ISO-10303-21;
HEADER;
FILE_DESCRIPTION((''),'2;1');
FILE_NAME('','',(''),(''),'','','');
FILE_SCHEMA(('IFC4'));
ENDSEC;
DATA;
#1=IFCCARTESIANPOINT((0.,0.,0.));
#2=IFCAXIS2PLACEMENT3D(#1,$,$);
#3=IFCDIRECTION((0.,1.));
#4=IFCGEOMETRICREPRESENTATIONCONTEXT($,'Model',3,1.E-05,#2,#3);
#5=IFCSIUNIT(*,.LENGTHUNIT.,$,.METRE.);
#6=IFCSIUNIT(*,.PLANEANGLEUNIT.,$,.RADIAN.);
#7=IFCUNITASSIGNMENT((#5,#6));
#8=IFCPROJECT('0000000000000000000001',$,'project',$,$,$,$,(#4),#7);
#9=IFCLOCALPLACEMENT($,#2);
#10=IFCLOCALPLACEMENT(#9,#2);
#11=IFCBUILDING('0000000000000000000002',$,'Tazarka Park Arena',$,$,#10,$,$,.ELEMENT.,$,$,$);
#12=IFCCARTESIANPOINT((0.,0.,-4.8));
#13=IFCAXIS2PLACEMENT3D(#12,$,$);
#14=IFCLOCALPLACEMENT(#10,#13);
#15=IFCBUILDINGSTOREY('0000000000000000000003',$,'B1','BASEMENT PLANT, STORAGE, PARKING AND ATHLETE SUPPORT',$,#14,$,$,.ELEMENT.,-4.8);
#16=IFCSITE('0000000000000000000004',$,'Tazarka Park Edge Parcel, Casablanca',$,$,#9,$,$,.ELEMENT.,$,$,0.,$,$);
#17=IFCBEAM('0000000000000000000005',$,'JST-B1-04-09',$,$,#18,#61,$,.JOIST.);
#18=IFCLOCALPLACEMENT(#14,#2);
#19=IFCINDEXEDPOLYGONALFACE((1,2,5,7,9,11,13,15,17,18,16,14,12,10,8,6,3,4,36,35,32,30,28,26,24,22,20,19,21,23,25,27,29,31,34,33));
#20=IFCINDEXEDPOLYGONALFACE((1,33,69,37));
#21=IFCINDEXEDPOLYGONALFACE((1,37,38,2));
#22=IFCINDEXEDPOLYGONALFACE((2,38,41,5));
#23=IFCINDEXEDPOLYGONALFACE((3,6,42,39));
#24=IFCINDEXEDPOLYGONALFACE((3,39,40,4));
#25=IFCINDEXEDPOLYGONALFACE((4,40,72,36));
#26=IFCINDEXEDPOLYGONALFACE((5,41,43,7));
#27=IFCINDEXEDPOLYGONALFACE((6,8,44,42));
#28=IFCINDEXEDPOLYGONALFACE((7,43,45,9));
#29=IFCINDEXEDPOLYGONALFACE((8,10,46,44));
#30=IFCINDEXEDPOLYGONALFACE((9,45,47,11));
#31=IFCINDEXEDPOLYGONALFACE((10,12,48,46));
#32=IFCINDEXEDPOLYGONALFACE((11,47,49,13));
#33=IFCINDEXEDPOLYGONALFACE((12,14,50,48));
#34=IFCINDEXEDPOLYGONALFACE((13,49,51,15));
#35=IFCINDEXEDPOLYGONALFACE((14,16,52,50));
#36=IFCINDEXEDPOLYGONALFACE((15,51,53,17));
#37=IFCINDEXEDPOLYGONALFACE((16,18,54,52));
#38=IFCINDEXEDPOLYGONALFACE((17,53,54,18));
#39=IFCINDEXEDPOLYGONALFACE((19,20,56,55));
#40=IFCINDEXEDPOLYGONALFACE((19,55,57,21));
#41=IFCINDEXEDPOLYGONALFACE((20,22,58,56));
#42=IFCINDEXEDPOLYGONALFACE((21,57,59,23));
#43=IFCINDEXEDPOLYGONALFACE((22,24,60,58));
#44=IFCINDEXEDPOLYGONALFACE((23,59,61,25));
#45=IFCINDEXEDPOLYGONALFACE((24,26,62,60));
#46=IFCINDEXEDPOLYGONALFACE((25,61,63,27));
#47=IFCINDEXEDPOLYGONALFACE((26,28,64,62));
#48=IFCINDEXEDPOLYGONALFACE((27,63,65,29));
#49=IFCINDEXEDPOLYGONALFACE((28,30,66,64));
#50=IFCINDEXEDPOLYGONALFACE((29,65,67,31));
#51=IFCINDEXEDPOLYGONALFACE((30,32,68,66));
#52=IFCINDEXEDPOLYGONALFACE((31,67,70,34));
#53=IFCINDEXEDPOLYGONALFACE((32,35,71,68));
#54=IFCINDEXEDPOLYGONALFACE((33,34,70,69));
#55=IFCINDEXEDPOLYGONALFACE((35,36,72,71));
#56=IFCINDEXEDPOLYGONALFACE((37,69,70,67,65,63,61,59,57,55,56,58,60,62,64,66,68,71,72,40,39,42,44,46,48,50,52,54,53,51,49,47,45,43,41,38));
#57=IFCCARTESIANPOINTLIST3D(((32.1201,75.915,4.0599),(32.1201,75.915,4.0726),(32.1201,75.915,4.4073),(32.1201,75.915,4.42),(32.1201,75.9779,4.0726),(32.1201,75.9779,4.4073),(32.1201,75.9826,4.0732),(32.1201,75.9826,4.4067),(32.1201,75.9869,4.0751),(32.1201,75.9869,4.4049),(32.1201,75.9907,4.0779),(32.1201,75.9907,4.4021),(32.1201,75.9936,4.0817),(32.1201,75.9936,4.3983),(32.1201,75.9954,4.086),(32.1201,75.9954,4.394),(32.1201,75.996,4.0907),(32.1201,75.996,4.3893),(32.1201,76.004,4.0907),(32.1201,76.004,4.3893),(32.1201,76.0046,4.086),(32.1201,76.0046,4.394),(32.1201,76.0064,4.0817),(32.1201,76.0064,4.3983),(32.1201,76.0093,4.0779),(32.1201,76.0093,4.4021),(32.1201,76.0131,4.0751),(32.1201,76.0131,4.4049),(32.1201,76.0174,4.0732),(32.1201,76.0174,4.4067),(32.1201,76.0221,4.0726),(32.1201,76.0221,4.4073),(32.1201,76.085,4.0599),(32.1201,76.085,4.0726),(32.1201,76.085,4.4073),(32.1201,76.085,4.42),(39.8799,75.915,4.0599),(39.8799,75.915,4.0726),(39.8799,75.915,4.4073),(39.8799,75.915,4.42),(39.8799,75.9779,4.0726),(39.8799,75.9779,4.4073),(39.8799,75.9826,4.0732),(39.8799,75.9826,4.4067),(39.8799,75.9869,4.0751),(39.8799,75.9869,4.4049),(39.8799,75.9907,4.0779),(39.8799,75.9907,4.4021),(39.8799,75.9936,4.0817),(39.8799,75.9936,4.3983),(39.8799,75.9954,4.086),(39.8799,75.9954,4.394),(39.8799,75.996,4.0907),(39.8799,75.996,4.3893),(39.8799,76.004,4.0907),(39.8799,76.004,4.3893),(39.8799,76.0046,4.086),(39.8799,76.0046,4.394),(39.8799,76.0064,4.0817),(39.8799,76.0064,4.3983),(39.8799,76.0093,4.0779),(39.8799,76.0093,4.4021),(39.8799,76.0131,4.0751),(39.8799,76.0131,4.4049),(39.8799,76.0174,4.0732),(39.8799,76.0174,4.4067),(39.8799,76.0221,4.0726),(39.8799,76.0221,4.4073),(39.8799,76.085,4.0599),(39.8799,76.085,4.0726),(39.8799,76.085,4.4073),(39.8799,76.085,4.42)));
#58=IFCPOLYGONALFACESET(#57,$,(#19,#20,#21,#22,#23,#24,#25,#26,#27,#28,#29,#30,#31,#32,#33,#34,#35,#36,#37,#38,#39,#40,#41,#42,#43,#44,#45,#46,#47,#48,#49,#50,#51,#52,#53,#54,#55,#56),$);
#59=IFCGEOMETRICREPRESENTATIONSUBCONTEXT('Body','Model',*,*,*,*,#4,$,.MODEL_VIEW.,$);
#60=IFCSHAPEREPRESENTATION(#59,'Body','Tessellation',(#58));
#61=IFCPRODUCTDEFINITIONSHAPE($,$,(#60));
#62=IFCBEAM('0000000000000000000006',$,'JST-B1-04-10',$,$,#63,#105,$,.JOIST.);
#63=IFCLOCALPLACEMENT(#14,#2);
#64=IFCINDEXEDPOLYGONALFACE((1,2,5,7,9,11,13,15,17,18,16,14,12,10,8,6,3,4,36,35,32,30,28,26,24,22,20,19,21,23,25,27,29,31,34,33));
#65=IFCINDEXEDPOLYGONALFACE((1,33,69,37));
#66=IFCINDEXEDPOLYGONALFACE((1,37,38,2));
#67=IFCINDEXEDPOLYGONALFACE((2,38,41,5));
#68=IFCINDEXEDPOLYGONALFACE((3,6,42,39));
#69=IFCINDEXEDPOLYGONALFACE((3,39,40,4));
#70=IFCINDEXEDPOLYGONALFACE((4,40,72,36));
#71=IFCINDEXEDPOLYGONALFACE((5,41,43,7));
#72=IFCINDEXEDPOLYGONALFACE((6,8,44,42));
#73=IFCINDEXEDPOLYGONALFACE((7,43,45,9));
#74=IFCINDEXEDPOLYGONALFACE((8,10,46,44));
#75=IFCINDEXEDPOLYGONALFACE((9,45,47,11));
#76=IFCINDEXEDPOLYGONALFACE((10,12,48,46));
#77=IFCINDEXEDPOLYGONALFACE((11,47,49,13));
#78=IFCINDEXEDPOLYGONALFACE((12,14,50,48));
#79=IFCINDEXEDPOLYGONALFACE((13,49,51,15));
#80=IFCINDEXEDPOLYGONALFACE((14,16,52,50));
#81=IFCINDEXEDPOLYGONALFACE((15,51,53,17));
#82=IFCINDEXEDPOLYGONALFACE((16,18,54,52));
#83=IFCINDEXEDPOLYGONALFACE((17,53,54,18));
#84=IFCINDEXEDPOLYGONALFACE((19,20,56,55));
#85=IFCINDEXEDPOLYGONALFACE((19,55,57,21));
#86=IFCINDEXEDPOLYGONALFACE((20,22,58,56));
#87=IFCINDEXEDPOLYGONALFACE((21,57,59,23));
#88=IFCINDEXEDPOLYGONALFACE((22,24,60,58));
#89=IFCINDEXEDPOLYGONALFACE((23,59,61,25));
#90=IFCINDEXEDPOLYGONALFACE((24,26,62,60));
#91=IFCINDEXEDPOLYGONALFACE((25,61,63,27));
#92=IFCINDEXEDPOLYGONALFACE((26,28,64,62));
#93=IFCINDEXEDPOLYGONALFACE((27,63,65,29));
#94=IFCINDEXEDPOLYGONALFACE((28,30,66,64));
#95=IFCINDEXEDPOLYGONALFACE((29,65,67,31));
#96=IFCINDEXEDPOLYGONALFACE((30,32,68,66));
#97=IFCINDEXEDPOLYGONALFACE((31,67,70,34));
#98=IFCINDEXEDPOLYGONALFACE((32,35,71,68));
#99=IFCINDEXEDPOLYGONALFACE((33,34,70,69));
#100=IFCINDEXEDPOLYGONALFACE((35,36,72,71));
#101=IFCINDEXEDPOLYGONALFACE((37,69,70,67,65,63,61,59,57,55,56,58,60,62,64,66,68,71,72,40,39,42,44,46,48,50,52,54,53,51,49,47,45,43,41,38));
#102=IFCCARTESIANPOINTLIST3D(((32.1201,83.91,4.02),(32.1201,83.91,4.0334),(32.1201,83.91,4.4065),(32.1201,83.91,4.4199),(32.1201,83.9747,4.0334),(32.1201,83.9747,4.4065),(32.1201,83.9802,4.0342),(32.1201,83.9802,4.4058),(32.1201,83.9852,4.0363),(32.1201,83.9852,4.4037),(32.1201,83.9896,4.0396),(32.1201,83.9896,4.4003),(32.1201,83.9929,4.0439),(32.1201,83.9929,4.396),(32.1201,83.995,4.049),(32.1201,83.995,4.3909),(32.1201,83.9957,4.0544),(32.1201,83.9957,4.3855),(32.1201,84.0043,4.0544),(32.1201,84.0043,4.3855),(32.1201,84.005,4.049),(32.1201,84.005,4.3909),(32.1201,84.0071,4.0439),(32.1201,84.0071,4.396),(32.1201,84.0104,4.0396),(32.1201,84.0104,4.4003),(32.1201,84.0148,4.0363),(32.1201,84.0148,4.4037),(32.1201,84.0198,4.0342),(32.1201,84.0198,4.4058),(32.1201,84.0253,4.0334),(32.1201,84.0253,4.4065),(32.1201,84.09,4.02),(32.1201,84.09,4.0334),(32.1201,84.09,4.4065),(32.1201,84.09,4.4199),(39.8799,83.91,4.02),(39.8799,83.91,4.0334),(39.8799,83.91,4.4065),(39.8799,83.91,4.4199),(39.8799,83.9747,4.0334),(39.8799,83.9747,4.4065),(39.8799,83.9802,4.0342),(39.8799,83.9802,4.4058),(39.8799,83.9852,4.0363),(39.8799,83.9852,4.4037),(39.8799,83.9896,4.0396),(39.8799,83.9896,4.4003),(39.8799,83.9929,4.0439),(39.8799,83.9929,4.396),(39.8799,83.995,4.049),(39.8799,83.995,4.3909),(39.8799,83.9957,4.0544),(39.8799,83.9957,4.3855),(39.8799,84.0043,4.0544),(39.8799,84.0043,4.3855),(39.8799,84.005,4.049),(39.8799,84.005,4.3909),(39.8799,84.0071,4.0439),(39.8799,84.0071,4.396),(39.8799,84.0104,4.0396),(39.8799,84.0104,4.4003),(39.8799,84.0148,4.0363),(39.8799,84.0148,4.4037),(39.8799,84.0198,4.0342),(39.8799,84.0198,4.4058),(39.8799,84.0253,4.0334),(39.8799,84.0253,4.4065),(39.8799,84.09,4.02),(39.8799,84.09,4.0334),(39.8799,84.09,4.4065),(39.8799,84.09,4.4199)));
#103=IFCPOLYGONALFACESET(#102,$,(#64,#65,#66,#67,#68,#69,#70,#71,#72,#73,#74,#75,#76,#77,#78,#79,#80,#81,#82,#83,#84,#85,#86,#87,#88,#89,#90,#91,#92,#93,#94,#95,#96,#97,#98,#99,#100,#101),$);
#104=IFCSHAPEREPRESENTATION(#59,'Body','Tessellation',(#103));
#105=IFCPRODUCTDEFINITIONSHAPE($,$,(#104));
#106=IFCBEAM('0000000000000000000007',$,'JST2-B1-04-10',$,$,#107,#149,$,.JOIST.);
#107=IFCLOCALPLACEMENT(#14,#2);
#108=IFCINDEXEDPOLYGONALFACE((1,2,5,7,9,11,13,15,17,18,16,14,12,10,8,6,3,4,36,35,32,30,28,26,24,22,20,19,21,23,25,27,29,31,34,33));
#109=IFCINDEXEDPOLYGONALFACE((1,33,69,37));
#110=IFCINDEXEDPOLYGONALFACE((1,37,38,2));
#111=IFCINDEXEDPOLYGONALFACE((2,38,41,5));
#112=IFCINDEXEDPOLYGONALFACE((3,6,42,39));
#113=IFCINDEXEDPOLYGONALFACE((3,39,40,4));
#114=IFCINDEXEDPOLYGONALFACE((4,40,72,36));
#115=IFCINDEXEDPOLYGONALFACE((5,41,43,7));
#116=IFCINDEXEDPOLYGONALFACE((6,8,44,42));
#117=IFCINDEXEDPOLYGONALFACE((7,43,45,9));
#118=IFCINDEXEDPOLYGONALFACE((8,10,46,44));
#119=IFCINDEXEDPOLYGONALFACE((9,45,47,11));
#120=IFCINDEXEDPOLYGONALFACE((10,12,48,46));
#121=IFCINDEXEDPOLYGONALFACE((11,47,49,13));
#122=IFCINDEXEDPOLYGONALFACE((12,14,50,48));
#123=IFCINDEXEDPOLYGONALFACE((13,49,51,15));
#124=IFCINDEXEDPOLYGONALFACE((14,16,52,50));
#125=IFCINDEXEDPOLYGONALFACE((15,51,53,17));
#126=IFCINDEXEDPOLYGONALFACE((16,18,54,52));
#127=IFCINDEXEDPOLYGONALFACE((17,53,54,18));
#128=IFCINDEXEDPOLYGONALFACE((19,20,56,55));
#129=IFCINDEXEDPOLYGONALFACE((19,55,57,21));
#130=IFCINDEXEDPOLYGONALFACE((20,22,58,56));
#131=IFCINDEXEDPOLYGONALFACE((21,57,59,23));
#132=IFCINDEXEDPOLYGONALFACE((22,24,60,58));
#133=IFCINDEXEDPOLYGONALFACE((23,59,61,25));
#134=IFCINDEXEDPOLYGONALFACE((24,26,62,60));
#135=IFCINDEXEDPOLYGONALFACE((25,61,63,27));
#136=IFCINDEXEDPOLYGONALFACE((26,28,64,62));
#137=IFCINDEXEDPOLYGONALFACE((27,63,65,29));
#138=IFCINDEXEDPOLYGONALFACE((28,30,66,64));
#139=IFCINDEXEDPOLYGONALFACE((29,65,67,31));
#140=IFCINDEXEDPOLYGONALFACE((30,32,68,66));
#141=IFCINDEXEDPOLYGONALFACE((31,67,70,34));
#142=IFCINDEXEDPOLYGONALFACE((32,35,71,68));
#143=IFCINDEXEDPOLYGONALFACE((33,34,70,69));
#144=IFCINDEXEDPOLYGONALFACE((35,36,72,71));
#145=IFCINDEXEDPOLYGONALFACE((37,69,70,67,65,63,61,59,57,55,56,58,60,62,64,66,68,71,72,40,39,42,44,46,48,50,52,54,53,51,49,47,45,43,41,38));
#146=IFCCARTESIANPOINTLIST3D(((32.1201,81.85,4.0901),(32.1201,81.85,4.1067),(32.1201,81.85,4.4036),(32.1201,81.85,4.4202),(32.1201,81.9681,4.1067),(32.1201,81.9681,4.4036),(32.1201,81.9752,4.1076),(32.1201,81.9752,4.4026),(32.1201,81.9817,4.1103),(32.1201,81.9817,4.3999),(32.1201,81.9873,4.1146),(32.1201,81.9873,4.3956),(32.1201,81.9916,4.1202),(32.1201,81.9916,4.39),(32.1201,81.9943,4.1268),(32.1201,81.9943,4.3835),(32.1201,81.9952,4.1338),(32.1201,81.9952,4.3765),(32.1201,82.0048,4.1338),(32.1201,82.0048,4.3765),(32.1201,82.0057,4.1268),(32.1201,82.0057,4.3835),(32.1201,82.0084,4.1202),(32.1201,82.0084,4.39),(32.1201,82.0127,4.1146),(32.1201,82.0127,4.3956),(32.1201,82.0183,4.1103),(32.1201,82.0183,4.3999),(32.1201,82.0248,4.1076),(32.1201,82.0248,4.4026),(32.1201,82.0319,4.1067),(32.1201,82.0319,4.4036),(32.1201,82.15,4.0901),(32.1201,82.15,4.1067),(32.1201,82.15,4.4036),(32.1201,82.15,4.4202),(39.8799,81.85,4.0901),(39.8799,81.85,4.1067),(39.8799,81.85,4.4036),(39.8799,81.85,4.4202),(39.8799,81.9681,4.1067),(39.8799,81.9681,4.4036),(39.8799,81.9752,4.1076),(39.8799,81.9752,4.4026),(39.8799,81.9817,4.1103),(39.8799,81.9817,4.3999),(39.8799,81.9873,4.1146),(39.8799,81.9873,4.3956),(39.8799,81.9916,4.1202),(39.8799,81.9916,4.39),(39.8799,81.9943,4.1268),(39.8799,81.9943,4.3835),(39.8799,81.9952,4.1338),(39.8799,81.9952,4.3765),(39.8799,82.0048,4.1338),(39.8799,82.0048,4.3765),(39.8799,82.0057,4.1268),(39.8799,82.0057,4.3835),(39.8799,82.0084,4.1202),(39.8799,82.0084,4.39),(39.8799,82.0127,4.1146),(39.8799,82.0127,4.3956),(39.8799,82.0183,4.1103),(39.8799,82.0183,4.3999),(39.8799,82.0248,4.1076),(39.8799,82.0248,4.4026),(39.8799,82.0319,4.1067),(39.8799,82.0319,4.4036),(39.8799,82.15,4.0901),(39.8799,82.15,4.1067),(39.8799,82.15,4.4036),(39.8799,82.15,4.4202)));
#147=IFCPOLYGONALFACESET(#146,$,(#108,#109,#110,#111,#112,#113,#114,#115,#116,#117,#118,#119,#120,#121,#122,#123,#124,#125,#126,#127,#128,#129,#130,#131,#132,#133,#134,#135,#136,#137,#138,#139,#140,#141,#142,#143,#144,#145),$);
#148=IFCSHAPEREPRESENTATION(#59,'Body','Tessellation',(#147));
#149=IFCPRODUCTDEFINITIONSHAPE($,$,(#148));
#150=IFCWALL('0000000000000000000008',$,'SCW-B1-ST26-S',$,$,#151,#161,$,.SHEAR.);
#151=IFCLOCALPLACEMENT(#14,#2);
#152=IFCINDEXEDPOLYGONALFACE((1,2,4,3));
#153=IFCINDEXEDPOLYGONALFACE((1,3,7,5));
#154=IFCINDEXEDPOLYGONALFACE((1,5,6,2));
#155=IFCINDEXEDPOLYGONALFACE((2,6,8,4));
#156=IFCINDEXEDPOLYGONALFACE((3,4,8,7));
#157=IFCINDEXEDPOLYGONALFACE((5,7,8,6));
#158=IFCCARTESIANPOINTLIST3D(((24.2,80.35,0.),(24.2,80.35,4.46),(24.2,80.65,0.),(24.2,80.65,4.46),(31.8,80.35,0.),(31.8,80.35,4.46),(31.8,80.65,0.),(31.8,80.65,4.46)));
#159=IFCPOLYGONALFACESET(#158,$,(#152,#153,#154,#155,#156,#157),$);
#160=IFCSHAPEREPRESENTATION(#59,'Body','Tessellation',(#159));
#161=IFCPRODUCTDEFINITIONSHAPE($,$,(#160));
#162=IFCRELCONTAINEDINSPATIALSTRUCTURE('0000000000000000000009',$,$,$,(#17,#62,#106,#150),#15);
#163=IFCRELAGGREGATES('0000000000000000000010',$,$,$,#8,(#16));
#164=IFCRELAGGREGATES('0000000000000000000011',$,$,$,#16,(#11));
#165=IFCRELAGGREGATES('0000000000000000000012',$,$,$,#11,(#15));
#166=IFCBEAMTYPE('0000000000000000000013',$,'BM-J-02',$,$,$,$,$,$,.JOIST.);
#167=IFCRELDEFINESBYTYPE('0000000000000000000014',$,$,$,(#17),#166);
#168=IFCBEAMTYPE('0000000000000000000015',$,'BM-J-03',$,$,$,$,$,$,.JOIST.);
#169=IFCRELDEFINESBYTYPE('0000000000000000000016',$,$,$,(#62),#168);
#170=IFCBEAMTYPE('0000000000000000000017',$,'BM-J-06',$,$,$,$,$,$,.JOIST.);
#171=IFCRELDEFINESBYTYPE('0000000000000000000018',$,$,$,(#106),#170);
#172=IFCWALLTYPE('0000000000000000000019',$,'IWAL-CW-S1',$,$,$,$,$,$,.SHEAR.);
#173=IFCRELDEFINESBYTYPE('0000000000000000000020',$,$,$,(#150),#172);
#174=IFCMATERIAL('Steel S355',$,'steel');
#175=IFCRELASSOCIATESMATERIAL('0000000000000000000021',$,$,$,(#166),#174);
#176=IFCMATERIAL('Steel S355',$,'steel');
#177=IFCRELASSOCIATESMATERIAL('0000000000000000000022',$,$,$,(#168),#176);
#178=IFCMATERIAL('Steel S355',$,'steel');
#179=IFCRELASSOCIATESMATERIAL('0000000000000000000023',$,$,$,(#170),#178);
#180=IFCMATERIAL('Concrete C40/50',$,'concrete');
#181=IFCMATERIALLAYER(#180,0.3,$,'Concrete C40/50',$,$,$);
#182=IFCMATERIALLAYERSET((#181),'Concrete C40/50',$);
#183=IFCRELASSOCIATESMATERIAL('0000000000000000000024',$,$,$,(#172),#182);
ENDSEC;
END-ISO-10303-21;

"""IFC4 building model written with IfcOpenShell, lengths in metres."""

from ifc_helpers import new_model, si_unit, direction, frame, frame_2d, origin, origin_2d, place, context, subcontext, project, spatial, rectangle, i_section, extrude, material, layer, layer_set, material_profile, profile_set, type_object, element, save


model = new_model("IFC4")

# Units and contexts
model_context = context("Model", 3, precision=1e-05, world=origin(), true_north=direction((0.0, 1.0)))
body_context = subcontext(model_context, "Body", "Model", "MODEL_VIEW")
ifc_project = project(units=[si_unit("LENGTHUNIT", "METRE"), si_unit("PLANEANGLEUNIT", "RADIAN")], contexts=[model_context])

# Site, building, storey
site_placement = place(None, origin())
site = spatial("IfcSite", under=ifc_project, at=site_placement, Name="Tazarka Park Edge Parcel, Casablanca", CompositionType="ELEMENT", RefElevation=0.0)
building_placement = place(site_placement, origin())
building = spatial("IfcBuilding", under=site, at=building_placement, Name="Tazarka Park Arena", CompositionType="ELEMENT")
storey_placement = place(building_placement, frame((0.0, 0.0, -4.8)))
storey = spatial("IfcBuildingStorey", under=building, at=storey_placement, Name="B1", Description="BASEMENT PLANT, STORAGE, PARKING AND ATHLETE SUPPORT", CompositionType="ELEMENT", Elevation=-4.8)

# Beams
ifc_material_1 = material(Name="Steel S355", Category="steel")
ifc_material_profile_1 = material_profile(ifc_material_1, i_section(OverallWidth=0.1699, OverallDepth=0.3601, WebThickness=0.0081, FlangeThickness=0.0127, FilletRadius=0.0181, at=origin_2d()), Name="Steel S355")
ifc_profile_set_1 = profile_set([ifc_material_profile_1], Name="Steel S355")
beam_type_1 = type_object("IfcBeamType", Name="BM-J-02", PredefinedType="JOIST", material=ifc_profile_set_1)
beam_1_placement = place(storey_placement, frame((32.1201, 76.0, 4.24), z_axis=(1.0, 0.0, 0.0), x_axis=(0.0, 1.0, 0.0)))
element("IfcBeam", 1, at=beam_1_placement, inside=storey, type_object=beam_type_1, Name="JST-B1-04-09", PredefinedType="JOIST", context=body_context, shape_type="SweptSolid", body=[
    extrude(i_section(OverallWidth=0.1699, OverallDepth=0.3601, WebThickness=0.0081, FlangeThickness=0.0127, FilletRadius=0.0181, at=origin_2d()), origin(), (0.0, 0.0, 1.0), 7.7598),
])
ifc_material_2 = material(Name="Steel S355", Category="steel")
ifc_material_profile_2 = material_profile(ifc_material_2, i_section(OverallWidth=0.1799, OverallDepth=0.3999, WebThickness=0.0085, FlangeThickness=0.0134, FilletRadius=0.021, at=origin_2d()), Name="Steel S355")
ifc_profile_set_2 = profile_set([ifc_material_profile_2], Name="Steel S355")
beam_type_2 = type_object("IfcBeamType", Name="BM-J-03", PredefinedType="JOIST", material=ifc_profile_set_2)
beam_2_placement = place(storey_placement, frame((32.1201, 84.0, 4.22), z_axis=(1.0, 0.0, 0.0), x_axis=(0.0, 1.0, 0.0)))
element("IfcBeam", 2, at=beam_2_placement, inside=storey, type_object=beam_type_2, Name="JST-B1-04-10", PredefinedType="JOIST", context=body_context, shape_type="SweptSolid", body=[
    extrude(i_section(OverallWidth=0.1799, OverallDepth=0.3999, WebThickness=0.0085, FlangeThickness=0.0134, FilletRadius=0.021, at=origin_2d()), origin(), (0.0, 0.0, 1.0), 7.7598),
])
ifc_material_3 = material(Name="Steel S355", Category="steel")
ifc_material_profile_3 = material_profile(ifc_material_3, i_section(OverallWidth=0.3, OverallDepth=0.3301, WebThickness=0.0095, FlangeThickness=0.0166, FilletRadius=0.0271, at=origin_2d()), Name="Steel S355")
ifc_profile_set_3 = profile_set([ifc_material_profile_3], Name="Steel S355")
beam_type_3 = type_object("IfcBeamType", Name="BM-J-06", PredefinedType="JOIST", material=ifc_profile_set_3)
beam_3_placement = place(storey_placement, frame((32.1201, 82.0, 4.2551), z_axis=(1.0, 0.0, 0.0), x_axis=(0.0, 1.0, 0.0)))
element("IfcBeam", 3, at=beam_3_placement, inside=storey, type_object=beam_type_3, Name="JST2-B1-04-10", PredefinedType="JOIST", context=body_context, shape_type="SweptSolid", body=[
    extrude(i_section(OverallWidth=0.3, OverallDepth=0.3301, WebThickness=0.0095, FlangeThickness=0.0166, FilletRadius=0.0271, at=origin_2d()), origin(), (0.0, 0.0, 1.0), 7.7598),
])

# Wall
ifc_material_4 = material(Name="Concrete C40/50", Category="concrete")
ifc_layer = layer(ifc_material_4, 0.3, Name="Concrete C40/50")
ifc_layer_set = layer_set([ifc_layer], Name="Concrete C40/50")
wall_type = type_object("IfcWallType", Name="IWAL-CW-S1", PredefinedType="SHEAR", material=ifc_layer_set)
wall_1_placement = place(storey_placement, frame((31.8, 80.5, 0.0), z_axis=(0.0, 0.0, 1.0), x_axis=(-1.0, 0.0, 0.0)))
element("IfcWall", 4, at=wall_1_placement, inside=storey, type_object=wall_type, Name="SCW-B1-ST26-S", PredefinedType="SHEAR", context=body_context, shape_type="SweptSolid", body=[
    extrude(rectangle(XDim=7.6001, YDim=0.3, at=frame_2d((3.8, 0.0))), origin(), (0.0, 0.0, 1.0), 4.46),
])

save(model, "model.ifc")
